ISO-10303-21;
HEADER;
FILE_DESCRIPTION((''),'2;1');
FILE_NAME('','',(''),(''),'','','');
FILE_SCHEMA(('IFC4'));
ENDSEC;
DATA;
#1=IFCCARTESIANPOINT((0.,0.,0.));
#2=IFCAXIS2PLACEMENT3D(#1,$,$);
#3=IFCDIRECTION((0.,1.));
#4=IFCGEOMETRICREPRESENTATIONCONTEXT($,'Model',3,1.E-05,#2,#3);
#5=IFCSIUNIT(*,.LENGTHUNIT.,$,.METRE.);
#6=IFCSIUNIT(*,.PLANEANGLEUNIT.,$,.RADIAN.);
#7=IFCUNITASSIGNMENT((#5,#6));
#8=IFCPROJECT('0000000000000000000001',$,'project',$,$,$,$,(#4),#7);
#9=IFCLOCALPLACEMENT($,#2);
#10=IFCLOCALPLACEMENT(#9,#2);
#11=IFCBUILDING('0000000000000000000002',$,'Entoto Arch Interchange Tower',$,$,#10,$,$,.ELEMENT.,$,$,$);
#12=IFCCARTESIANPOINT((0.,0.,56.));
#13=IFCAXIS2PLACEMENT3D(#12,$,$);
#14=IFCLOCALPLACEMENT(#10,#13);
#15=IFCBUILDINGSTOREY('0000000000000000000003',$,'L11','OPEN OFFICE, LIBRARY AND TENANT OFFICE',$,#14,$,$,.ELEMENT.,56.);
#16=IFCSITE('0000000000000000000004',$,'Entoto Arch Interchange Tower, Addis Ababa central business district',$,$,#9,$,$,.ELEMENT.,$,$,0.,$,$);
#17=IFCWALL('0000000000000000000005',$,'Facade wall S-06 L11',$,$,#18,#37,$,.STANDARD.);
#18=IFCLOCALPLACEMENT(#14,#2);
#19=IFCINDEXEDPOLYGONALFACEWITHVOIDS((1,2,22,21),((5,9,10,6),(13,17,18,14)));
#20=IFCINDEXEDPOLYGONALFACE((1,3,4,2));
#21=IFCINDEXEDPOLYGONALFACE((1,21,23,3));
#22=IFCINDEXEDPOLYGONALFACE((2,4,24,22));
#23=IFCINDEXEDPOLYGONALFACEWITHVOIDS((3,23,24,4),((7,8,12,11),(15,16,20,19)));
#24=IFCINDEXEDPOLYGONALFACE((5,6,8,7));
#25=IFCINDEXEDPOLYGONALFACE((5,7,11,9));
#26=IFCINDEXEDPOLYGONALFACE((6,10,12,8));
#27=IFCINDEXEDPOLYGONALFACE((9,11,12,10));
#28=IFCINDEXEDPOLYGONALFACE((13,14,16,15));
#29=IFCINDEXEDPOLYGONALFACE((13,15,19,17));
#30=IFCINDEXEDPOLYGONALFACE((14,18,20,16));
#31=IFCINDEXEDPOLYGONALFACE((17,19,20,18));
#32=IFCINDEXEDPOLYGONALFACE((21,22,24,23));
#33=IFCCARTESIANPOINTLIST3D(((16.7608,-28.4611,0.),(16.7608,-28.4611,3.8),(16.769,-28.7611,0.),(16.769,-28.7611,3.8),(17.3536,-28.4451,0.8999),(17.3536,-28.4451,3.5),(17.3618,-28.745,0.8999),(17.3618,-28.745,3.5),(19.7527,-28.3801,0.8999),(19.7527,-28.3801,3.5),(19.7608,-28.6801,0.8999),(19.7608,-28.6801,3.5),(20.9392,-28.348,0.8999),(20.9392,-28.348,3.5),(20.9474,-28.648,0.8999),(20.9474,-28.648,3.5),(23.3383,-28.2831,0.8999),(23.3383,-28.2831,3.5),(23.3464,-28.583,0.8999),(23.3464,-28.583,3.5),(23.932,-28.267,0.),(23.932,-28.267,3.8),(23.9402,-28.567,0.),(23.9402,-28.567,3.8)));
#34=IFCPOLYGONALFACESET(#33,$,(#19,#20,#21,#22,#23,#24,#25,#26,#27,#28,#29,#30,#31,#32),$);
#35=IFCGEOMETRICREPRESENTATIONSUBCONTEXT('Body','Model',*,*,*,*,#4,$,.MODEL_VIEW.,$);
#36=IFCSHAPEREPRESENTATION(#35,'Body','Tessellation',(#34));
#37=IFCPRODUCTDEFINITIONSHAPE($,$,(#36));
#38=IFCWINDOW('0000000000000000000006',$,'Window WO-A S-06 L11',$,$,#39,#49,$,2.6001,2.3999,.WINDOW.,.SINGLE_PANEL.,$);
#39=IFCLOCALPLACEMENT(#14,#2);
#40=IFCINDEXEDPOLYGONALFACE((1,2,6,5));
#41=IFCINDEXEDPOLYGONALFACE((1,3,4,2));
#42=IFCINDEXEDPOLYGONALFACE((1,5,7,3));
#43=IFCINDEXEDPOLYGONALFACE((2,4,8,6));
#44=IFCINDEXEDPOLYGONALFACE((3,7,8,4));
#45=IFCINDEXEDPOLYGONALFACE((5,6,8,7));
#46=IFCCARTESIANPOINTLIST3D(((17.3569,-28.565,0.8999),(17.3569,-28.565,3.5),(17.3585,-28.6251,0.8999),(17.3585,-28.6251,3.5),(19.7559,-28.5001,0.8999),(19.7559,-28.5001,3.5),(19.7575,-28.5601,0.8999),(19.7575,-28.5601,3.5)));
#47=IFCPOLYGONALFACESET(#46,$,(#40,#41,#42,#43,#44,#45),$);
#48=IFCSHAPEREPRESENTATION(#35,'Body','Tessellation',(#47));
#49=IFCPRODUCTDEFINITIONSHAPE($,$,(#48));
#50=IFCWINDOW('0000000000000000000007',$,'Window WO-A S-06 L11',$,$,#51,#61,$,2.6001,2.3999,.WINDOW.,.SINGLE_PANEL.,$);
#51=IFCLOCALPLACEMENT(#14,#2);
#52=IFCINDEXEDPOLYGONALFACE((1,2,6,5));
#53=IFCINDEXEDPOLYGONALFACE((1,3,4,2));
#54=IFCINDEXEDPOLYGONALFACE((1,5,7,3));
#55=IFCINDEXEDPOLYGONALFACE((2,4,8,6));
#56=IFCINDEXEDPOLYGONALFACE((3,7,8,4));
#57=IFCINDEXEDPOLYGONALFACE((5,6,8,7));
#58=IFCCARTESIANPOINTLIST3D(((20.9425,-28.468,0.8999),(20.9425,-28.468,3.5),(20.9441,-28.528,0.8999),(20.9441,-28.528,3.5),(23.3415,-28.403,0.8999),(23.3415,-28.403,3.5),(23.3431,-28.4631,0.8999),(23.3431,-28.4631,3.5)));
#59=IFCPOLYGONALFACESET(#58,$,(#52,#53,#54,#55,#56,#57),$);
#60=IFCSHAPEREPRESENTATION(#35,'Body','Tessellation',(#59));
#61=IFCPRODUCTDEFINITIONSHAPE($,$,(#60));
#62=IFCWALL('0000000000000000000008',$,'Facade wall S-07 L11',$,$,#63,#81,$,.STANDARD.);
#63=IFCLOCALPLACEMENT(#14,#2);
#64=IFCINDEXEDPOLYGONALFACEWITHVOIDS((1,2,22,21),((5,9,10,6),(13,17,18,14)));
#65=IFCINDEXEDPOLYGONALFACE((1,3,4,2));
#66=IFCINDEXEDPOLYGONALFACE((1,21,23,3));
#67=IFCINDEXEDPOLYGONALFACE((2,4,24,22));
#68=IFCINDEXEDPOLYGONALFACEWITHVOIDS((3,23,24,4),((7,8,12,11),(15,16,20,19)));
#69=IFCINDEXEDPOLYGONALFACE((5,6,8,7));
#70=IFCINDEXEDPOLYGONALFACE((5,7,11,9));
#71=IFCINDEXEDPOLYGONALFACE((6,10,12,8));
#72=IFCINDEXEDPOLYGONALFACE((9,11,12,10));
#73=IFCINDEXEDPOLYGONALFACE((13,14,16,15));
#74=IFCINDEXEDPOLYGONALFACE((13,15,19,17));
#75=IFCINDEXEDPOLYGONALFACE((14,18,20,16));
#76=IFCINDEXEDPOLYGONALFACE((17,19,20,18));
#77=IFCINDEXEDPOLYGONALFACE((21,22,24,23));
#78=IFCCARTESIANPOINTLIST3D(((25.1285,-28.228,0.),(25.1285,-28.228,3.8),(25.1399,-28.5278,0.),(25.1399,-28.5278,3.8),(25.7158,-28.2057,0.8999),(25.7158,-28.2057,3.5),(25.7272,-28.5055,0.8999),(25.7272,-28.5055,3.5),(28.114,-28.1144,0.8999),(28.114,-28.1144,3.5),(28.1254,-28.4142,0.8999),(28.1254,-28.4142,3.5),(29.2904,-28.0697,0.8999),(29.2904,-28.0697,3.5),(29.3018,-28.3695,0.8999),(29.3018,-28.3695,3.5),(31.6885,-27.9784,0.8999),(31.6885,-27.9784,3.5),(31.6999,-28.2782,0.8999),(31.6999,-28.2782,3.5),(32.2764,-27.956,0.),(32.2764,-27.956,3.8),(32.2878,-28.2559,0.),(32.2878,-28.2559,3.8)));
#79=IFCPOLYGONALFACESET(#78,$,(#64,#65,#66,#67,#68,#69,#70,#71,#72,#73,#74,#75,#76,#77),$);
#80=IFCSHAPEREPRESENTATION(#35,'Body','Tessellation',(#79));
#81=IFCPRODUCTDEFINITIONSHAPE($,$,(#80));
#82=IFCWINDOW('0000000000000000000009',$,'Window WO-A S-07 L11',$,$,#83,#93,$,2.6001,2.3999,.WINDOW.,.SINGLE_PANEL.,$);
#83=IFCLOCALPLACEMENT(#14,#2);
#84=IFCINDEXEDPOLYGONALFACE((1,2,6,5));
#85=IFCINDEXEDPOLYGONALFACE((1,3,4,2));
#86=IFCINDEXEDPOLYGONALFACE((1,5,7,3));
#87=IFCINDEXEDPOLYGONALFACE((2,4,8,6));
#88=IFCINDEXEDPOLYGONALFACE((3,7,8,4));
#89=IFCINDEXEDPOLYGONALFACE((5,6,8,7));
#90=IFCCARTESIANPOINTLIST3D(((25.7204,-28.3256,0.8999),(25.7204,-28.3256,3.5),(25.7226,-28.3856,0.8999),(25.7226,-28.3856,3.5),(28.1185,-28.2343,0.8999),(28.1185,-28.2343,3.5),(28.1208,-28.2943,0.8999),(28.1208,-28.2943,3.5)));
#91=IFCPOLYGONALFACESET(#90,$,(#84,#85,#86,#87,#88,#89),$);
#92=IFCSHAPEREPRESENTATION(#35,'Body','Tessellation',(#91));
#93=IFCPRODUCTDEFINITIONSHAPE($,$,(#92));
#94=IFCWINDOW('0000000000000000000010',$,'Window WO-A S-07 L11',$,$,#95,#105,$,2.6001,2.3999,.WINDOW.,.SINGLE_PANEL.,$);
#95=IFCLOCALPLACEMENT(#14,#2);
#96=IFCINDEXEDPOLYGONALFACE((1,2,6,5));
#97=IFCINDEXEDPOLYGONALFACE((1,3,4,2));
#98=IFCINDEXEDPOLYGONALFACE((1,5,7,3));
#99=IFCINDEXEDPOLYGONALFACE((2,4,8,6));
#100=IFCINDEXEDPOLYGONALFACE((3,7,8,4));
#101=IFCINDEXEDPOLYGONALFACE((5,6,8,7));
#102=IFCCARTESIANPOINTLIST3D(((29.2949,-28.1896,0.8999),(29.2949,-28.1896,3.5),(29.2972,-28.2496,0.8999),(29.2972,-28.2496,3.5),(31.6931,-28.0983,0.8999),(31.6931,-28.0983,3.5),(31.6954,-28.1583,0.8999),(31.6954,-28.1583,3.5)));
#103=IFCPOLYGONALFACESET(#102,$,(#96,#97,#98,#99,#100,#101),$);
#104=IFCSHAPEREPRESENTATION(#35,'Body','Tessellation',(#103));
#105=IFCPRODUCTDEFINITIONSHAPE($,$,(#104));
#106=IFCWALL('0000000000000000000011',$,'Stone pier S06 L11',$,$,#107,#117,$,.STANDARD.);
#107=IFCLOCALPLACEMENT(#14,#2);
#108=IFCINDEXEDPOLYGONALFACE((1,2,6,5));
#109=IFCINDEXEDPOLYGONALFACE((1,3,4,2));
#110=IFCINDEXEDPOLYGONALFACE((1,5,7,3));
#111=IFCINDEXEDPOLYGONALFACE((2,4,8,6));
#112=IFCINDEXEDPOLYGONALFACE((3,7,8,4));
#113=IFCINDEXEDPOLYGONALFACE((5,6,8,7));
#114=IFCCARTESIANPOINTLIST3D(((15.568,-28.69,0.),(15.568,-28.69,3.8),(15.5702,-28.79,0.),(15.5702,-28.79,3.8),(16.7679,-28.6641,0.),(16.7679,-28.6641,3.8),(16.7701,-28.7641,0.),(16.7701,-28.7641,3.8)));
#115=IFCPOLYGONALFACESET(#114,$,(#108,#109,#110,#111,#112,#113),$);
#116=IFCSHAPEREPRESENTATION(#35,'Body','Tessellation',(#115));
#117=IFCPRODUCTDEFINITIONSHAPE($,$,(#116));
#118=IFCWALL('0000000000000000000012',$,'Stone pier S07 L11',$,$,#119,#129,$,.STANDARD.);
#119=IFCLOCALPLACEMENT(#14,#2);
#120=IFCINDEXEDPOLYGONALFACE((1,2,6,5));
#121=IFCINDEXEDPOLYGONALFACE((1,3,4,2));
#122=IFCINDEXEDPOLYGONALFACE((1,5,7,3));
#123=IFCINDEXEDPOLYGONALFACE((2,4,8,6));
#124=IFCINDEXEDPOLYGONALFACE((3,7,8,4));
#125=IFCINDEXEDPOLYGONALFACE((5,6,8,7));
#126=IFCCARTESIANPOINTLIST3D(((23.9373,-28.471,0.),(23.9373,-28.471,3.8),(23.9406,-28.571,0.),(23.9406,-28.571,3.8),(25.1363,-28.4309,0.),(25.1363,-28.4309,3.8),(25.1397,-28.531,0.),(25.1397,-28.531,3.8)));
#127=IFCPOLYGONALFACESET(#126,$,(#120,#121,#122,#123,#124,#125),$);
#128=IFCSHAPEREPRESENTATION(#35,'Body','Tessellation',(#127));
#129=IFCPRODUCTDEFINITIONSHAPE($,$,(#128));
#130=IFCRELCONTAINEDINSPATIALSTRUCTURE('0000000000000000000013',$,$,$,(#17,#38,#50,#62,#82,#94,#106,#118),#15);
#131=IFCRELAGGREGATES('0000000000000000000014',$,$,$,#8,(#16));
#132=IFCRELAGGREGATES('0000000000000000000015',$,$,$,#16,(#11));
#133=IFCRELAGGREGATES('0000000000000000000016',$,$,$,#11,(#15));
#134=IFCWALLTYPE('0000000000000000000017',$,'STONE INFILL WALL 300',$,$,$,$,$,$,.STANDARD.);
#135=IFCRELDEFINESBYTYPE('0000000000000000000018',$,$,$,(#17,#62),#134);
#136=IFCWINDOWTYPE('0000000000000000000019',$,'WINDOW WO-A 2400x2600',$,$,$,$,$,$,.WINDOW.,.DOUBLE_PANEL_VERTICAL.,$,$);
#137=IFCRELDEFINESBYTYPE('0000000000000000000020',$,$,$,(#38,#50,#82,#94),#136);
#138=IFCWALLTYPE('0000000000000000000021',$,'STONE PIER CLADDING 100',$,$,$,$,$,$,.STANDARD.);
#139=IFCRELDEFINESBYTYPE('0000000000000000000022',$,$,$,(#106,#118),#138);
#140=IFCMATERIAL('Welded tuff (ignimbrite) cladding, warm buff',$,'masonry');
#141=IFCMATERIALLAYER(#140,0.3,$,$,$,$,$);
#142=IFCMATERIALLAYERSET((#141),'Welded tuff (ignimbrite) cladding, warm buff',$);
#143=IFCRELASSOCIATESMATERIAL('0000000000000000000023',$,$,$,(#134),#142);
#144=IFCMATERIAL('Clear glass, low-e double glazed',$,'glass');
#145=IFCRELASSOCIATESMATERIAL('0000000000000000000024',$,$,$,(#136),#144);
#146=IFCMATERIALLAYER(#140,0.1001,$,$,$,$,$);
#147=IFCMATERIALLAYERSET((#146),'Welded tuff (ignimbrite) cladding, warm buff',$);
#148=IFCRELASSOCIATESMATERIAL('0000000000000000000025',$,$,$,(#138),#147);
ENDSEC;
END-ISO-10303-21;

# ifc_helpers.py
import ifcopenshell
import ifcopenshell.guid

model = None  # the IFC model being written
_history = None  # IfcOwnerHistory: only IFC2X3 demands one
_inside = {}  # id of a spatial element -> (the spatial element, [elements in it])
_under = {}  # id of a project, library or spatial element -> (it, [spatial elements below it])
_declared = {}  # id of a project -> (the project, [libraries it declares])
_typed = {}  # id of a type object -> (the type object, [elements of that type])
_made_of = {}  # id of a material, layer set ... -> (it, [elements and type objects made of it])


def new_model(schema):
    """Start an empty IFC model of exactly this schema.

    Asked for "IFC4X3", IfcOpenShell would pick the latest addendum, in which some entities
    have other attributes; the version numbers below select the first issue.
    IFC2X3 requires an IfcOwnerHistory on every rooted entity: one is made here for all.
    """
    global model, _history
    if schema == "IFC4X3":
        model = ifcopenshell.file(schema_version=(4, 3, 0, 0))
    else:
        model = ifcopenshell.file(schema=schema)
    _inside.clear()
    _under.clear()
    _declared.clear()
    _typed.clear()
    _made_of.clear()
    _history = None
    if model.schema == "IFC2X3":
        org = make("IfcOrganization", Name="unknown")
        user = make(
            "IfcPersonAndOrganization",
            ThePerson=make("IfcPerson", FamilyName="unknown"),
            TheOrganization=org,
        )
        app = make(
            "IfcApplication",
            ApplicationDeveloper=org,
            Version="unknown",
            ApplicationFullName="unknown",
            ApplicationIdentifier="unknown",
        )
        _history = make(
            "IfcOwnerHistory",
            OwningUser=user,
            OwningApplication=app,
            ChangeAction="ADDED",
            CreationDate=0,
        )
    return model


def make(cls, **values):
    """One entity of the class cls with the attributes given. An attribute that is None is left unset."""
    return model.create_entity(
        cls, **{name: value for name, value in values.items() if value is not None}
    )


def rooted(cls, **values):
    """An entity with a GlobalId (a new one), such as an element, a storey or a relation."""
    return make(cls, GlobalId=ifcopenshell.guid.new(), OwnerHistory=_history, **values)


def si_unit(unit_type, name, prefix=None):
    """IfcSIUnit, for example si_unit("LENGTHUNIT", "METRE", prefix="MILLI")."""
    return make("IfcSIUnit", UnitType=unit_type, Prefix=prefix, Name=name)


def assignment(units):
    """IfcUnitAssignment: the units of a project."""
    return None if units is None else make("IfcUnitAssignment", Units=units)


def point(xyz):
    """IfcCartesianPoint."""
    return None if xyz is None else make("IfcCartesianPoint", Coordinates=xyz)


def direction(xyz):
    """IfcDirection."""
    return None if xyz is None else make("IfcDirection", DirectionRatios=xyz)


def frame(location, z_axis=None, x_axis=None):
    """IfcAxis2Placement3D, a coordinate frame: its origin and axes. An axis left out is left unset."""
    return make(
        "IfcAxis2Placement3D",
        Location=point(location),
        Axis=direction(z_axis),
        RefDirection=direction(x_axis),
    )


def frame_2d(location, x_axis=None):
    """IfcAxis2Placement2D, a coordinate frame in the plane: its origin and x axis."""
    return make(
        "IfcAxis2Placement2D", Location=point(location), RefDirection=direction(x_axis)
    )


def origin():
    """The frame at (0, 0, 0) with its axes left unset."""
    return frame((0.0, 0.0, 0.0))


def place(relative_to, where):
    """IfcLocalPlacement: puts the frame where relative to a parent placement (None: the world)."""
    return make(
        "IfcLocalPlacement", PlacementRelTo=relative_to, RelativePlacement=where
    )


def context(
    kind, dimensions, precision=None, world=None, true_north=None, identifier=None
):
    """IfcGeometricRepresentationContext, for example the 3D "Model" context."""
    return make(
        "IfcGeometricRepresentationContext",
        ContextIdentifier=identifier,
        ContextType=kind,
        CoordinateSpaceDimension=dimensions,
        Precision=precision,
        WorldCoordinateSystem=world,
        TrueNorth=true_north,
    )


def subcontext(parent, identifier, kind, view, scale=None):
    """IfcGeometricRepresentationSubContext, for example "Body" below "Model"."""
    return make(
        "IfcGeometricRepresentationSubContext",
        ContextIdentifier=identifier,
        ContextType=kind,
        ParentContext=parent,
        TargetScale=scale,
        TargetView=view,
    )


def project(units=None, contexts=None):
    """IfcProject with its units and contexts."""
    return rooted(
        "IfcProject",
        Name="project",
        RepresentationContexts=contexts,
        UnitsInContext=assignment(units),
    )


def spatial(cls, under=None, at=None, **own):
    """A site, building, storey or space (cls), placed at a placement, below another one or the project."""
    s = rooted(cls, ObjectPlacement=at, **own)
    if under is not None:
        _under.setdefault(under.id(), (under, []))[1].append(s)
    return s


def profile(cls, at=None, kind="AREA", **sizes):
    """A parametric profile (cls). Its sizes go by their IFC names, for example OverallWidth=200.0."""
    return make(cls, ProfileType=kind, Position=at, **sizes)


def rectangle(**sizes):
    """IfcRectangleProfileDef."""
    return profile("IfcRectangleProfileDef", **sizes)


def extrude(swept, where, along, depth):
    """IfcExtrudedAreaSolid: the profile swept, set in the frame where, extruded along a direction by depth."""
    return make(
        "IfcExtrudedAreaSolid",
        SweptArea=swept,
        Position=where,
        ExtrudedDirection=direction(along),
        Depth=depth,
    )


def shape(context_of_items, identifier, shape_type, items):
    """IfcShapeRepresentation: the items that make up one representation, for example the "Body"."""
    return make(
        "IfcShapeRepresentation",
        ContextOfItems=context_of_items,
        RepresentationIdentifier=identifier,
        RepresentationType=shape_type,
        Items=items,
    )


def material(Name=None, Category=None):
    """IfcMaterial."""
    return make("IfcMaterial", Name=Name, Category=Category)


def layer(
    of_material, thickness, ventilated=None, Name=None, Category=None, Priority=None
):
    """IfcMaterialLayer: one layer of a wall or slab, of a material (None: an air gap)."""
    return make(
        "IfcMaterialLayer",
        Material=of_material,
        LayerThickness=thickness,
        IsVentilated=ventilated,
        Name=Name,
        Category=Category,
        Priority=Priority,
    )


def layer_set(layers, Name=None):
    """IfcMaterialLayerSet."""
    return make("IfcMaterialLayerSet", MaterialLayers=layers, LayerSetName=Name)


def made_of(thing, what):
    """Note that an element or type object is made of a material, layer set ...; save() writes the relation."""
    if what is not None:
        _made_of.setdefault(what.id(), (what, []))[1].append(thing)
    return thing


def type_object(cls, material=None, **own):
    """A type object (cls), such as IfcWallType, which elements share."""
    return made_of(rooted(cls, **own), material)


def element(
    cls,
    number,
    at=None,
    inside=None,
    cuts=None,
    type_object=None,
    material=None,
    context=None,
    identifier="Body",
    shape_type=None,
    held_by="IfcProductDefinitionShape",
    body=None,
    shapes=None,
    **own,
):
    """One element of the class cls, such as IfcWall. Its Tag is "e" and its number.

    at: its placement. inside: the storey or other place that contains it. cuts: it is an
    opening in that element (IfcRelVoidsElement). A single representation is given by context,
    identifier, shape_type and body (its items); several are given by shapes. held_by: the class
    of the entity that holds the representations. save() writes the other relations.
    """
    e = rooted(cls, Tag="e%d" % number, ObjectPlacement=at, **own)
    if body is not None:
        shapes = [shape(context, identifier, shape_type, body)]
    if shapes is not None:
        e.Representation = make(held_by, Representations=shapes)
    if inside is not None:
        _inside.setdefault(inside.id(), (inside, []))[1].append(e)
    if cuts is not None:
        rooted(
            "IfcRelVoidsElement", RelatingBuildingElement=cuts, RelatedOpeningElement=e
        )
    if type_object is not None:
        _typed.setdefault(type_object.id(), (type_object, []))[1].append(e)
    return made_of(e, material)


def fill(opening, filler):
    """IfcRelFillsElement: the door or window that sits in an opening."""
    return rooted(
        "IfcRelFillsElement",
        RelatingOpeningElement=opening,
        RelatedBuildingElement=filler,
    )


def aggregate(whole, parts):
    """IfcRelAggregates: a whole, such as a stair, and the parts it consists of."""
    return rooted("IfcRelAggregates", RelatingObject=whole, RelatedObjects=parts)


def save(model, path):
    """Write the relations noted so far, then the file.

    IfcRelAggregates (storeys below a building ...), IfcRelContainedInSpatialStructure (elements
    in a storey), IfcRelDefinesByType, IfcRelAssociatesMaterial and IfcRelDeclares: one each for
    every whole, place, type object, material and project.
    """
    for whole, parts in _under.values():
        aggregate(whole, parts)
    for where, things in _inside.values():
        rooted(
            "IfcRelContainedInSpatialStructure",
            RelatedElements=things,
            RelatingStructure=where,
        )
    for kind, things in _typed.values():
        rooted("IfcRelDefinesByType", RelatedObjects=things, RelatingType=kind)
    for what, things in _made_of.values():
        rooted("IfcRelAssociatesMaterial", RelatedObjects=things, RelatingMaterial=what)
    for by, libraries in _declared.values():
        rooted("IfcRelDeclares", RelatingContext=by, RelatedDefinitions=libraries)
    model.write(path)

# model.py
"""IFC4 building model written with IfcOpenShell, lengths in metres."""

from ifc_helpers import new_model, si_unit, direction, frame, frame_2d, origin, place, context, subcontext, project, spatial, rectangle, extrude, material, layer, layer_set, type_object, element, fill, save


model = new_model("IFC4")

# Units and contexts
model_context = context("Model", 3, precision=1e-05, world=origin(), true_north=direction((0.0, 1.0)))
body_context = subcontext(model_context, "Body", "Model", "MODEL_VIEW")
ifc_project = project(units=[si_unit("LENGTHUNIT", "METRE"), si_unit("PLANEANGLEUNIT", "RADIAN")], contexts=[model_context])

# Site, building, storey
site_placement = place(None, origin())
site = spatial("IfcSite", under=ifc_project, at=site_placement, Name="Entoto Arch Interchange Tower, Addis Ababa central business district", CompositionType="ELEMENT", RefElevation=0.0)
building_placement = place(site_placement, origin())
building = spatial("IfcBuilding", under=site, at=building_placement, Name="Entoto Arch Interchange Tower", CompositionType="ELEMENT")
storey_placement = place(building_placement, frame((0.0, 0.0, 56.0)))
storey = spatial("IfcBuildingStorey", under=building, at=storey_placement, Name="L11", Description="OPEN OFFICE, LIBRARY AND TENANT OFFICE", CompositionType="ELEMENT", Elevation=56.0)

# Walls, openings, windows
ifc_material_1 = material(Name="Welded tuff (ignimbrite) cladding, warm buff", Category="masonry")
ifc_layer_1 = layer(ifc_material_1, 0.3)
ifc_layer_set_1 = layer_set([ifc_layer_1], Name="Welded tuff (ignimbrite) cladding, warm buff")
wall_type_1 = type_object("IfcWallType", Name="STONE INFILL WALL 300", PredefinedType="STANDARD", material=ifc_layer_set_1)
wall_1_placement = place(storey_placement, frame((16.7649, -28.6111, 0.0), z_axis=(0.0, 0.0, 1.0), x_axis=(0.999634, 0.027056, 0.0)))
wall_1 = element("IfcWall", 1, at=wall_1_placement, inside=storey, type_object=wall_type_1, Name="Facade wall S-06 L11", PredefinedType="STANDARD", context=body_context, shape_type="SweptSolid", body=[
    extrude(rectangle(XDim=7.1738, YDim=0.3, at=frame_2d((3.5869, 0.0))), origin(), (0.0, 0.0, 1.0), 3.8),
])
opening_1_placement = place(wall_1_placement, frame((0.593, 0.0, 0.8999)))
opening_1 = element("IfcOpeningElement", 2, at=opening_1_placement, cuts=wall_1, PredefinedType="OPENING", context=body_context, shape_type="SweptSolid", body=[
    extrude(rectangle(XDim=2.3999, YDim=2.6001, at=frame_2d((1.2, 1.3))), frame((0.0, 0.1602, 0.0), z_axis=(0.0, -1.0, 0.0), x_axis=(1.0, 0.0, 0.0)), (0.0, 0.0, 1.0), 0.3201),
])
opening_2_placement = place(wall_1_placement, frame((4.1799, 0.0, 0.8999)))
opening_2 = element("IfcOpeningElement", 3, at=opening_2_placement, cuts=wall_1, PredefinedType="OPENING", context=body_context, shape_type="SweptSolid", body=[
    extrude(rectangle(XDim=2.3999, YDim=2.6001, at=frame_2d((1.2, 1.3))), frame((0.0, 0.1602, 0.0), z_axis=(0.0, -1.0, 0.0), x_axis=(1.0, 0.0, 0.0)), (0.0, 0.0, 1.0), 0.3201),
])
ifc_material_2 = material(Name="Clear glass, low-e double glazed", Category="glass")
window_type = type_object("IfcWindowType", Name="WINDOW WO-A 2400x2600", PartitioningType="DOUBLE_PANEL_VERTICAL", PredefinedType="WINDOW", material=ifc_material_2)
window_1_placement = place(opening_1_placement, origin())
window_1 = element("IfcWindow", 4, at=window_1_placement, inside=storey, type_object=window_type, Name="Window WO-A S-06 L11", OverallHeight=2.6001, OverallWidth=2.3999, PartitioningType="SINGLE_PANEL", PredefinedType="WINDOW", context=body_context, shape_type="SweptSolid", body=[
    extrude(rectangle(XDim=2.3999, YDim=2.6001, at=frame_2d((1.2, 1.3))), frame((0.0, 0.03, 0.0), z_axis=(0.0, -1.0, 0.0), x_axis=(1.0, 0.0, 0.0)), (0.0, 0.0, 1.0), 0.0601),
])
fill(opening_1, window_1)
window_2_placement = place(opening_2_placement, origin())
window_2 = element("IfcWindow", 5, at=window_2_placement, inside=storey, type_object=window_type, Name="Window WO-A S-06 L11", OverallHeight=2.6001, OverallWidth=2.3999, PartitioningType="SINGLE_PANEL", PredefinedType="WINDOW", context=body_context, shape_type="SweptSolid", body=[
    extrude(rectangle(XDim=2.3999, YDim=2.6001, at=frame_2d((1.2, 1.3))), frame((0.0, 0.03, 0.0), z_axis=(0.0, -1.0, 0.0), x_axis=(1.0, 0.0, 0.0)), (0.0, 0.0, 1.0), 0.0601),
])
fill(opening_2, window_2)
wall_2_placement = place(storey_placement, frame((25.134, -28.3779, 0.0), z_axis=(0.0, 0.0, 1.0), x_axis=(0.999277, 0.038022, 0.0)))
wall_2 = element("IfcWall", 6, at=wall_2_placement, inside=storey, type_object=wall_type_1, Name="Facade wall S-07 L11", PredefinedType="STANDARD", context=body_context, shape_type="SweptSolid", body=[
    extrude(rectangle(XDim=7.1531, YDim=0.3, at=frame_2d((3.5767, 0.0))), origin(), (0.0, 0.0, 1.0), 3.8),
])
opening_3_placement = place(wall_2_placement, frame((0.5879, 0.0, 0.8999)))
opening_3 = element("IfcOpeningElement", 7, at=opening_3_placement, cuts=wall_2, PredefinedType="OPENING", context=body_context, shape_type="SweptSolid", body=[
    extrude(rectangle(XDim=2.3999, YDim=2.6001, at=frame_2d((1.2, 1.3))), frame((0.0, 0.1602, 0.0), z_axis=(0.0, -1.0, 0.0), x_axis=(1.0, 0.0, 0.0)), (0.0, 0.0, 1.0), 0.3201),
])
opening_4_placement = place(wall_2_placement, frame((4.165, 0.0, 0.8999)))
opening_4 = element("IfcOpeningElement", 8, at=opening_4_placement, cuts=wall_2, PredefinedType="OPENING", context=body_context, shape_type="SweptSolid", body=[
    extrude(rectangle(XDim=2.3999, YDim=2.6001, at=frame_2d((1.2, 1.3))), frame((0.0, 0.1602, 0.0), z_axis=(0.0, -1.0, 0.0), x_axis=(1.0, 0.0, 0.0)), (0.0, 0.0, 1.0), 0.3201),
])
window_3_placement = place(opening_3_placement, origin())
window_3 = element("IfcWindow", 9, at=window_3_placement, inside=storey, type_object=window_type, Name="Window WO-A S-07 L11", OverallHeight=2.6001, OverallWidth=2.3999, PartitioningType="SINGLE_PANEL", PredefinedType="WINDOW", context=body_context, shape_type="SweptSolid", body=[
    extrude(rectangle(XDim=2.3999, YDim=2.6001, at=frame_2d((1.2, 1.3))), frame((0.0, 0.03, 0.0), z_axis=(0.0, -1.0, 0.0), x_axis=(1.0, 0.0, 0.0)), (0.0, 0.0, 1.0), 0.0601),
])
fill(opening_3, window_3)
window_4_placement = place(opening_4_placement, origin())
window_4 = element("IfcWindow", 10, at=window_4_placement, inside=storey, type_object=window_type, Name="Window WO-A S-07 L11", OverallHeight=2.6001, OverallWidth=2.3999, PartitioningType="SINGLE_PANEL", PredefinedType="WINDOW", context=body_context, shape_type="SweptSolid", body=[
    extrude(rectangle(XDim=2.3999, YDim=2.6001, at=frame_2d((1.2, 1.3))), frame((0.0, 0.03, 0.0), z_axis=(0.0, -1.0, 0.0), x_axis=(1.0, 0.0, 0.0)), (0.0, 0.0, 1.0), 0.0601),
])
fill(opening_4, window_4)

# Walls
ifc_layer_2 = layer(ifc_material_1, 0.1001)
ifc_layer_set_2 = layer_set([ifc_layer_2], Name="Welded tuff (ignimbrite) cladding, warm buff")
wall_type_2 = type_object("IfcWallType", Name="STONE PIER CLADDING 100", PredefinedType="STANDARD", material=ifc_layer_set_2)
wall_3_placement = place(storey_placement, frame((15.5691, -28.74, 0.0), z_axis=(0.0, 0.0, 1.0), x_axis=(0.999768, 0.021562, 0.0)))
element("IfcWall", 11, at=wall_3_placement, inside=storey, type_object=wall_type_2, Name="Stone pier S06 L11", PredefinedType="STANDARD", context=body_context, shape_type="SweptSolid", body=[
    extrude(rectangle(XDim=1.2002, YDim=0.1001, at=frame_2d((0.6001, 0.0))), origin(), (0.0, 0.0, 1.0), 3.8),
])
wall_4_placement = place(storey_placement, frame((23.939, -28.521, 0.0), z_axis=(0.0, 0.0, 1.0), x_axis=(0.999443, 0.033376, 0.0)))
element("IfcWall", 12, at=wall_4_placement, inside=storey, type_object=wall_type_2, Name="Stone pier S07 L11", PredefinedType="STANDARD", context=body_context, shape_type="SweptSolid", body=[
    extrude(rectangle(XDim=1.1997, YDim=0.1001, at=frame_2d((0.5999, 0.0))), origin(), (0.0, 0.0, 1.0), 3.8),
])

save(model, "model.ifc")
